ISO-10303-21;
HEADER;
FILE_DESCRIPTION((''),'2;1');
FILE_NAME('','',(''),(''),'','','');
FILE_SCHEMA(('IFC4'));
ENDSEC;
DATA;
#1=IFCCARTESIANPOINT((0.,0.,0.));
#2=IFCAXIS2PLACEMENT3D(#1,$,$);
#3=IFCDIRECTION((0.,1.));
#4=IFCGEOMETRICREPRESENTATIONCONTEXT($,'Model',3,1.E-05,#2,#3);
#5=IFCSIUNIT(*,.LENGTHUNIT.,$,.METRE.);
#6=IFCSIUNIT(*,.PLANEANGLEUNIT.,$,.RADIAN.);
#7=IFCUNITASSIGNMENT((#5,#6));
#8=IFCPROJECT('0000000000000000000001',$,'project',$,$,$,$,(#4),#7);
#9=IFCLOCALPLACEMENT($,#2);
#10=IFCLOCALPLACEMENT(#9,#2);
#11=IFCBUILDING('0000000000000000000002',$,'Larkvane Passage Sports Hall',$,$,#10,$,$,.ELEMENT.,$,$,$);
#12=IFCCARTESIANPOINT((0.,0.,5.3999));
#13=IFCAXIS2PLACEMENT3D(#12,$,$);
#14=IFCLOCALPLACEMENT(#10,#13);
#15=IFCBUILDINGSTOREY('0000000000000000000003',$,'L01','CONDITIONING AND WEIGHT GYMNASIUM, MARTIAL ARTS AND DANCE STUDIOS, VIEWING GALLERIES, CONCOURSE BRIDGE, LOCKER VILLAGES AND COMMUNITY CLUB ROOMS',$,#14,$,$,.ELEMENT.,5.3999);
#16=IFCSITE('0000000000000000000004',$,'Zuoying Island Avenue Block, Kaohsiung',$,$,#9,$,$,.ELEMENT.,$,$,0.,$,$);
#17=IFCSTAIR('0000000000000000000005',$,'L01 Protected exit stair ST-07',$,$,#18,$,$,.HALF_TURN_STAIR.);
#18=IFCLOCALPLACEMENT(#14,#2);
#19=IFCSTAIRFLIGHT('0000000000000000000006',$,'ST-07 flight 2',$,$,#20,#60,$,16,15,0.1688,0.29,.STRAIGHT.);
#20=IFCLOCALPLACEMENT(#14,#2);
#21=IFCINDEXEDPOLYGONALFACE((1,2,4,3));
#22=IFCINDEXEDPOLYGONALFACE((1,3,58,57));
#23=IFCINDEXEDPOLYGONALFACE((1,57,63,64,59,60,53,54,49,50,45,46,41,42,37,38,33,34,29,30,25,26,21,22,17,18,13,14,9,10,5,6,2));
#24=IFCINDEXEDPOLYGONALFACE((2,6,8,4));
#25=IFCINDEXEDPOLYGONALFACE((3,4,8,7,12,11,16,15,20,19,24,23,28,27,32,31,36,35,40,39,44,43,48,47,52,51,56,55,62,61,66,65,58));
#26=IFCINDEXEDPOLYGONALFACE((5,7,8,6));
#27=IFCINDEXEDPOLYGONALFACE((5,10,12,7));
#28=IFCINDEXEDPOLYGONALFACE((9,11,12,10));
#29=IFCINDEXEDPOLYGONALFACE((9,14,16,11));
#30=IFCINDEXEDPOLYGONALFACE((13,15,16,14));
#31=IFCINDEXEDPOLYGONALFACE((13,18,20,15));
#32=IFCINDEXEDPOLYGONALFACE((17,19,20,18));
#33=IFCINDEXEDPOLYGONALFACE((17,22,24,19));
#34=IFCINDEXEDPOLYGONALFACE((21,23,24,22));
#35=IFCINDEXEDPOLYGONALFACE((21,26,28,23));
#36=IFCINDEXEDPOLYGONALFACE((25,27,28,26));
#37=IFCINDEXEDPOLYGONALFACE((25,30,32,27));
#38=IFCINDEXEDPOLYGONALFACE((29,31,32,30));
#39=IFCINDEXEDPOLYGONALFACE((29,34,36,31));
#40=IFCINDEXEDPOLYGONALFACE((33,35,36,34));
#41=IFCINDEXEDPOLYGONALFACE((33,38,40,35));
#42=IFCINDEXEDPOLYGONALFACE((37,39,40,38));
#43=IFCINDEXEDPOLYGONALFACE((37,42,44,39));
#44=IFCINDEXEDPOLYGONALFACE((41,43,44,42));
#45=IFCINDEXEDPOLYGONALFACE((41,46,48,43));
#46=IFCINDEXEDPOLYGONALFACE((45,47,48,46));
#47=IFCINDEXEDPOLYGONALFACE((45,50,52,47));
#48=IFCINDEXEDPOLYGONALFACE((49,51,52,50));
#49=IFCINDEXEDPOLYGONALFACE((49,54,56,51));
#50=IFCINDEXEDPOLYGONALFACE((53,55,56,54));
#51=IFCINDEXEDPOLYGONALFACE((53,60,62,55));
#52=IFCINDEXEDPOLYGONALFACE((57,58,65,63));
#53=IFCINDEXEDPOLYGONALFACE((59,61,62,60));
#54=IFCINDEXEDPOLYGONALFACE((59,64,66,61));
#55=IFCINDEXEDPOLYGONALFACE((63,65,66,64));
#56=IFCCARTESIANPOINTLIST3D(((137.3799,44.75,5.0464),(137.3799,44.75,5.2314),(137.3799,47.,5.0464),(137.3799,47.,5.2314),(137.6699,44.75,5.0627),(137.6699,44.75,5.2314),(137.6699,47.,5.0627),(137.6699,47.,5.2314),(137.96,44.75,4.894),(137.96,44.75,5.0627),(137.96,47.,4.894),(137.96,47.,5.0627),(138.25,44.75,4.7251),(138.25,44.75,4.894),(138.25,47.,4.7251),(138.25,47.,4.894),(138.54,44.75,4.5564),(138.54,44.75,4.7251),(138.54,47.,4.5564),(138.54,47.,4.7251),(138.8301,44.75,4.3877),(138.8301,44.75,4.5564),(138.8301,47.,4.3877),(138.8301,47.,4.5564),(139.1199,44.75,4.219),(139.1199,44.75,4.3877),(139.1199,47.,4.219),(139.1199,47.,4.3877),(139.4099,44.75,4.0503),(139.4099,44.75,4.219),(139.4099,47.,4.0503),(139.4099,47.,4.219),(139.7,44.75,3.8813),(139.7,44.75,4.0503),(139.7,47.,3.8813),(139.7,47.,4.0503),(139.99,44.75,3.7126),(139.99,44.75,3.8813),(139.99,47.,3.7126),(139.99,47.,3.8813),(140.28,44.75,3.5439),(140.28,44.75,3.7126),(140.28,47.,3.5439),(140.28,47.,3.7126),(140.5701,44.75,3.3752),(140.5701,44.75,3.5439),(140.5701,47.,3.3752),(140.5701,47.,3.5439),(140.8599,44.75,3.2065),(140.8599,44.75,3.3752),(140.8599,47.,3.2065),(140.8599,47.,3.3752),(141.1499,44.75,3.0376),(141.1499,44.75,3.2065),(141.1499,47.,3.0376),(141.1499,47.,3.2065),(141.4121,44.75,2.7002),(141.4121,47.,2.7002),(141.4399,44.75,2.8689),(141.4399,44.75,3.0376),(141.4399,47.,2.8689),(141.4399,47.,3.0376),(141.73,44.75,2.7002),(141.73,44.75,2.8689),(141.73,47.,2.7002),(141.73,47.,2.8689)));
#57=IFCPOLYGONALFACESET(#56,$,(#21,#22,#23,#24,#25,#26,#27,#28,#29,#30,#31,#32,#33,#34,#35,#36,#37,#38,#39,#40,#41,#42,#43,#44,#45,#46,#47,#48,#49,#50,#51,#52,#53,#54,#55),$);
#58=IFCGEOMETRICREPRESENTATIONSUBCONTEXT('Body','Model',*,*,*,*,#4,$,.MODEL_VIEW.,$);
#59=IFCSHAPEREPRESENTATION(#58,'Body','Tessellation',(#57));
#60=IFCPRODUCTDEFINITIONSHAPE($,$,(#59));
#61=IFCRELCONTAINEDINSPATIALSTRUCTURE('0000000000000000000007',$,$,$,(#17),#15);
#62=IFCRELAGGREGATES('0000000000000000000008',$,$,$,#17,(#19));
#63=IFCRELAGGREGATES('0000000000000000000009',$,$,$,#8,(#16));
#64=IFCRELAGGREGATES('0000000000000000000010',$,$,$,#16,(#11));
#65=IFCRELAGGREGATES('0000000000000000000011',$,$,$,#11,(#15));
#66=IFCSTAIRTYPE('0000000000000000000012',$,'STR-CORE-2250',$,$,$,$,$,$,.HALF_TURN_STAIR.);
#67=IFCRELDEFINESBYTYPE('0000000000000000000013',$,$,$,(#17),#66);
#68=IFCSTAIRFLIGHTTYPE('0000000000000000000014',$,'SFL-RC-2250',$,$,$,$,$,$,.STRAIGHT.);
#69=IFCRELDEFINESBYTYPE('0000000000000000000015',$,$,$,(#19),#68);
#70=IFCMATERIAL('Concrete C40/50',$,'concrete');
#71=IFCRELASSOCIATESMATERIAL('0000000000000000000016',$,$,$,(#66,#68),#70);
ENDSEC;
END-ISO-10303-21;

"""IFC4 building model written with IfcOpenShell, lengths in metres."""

from ifc_helpers import new_model, si_unit, direction, frame, origin, place, context, subcontext, project, spatial, polyline, outline, extrude, material, type_object, element, aggregate, save


model = new_model("IFC4")

# Units and contexts
model_context = context("Model", 3, precision=1e-05, world=origin(), true_north=direction((0.0, 1.0)))
body_context = subcontext(model_context, "Body", "Model", "MODEL_VIEW")
ifc_project = project(units=[si_unit("LENGTHUNIT", "METRE"), si_unit("PLANEANGLEUNIT", "RADIAN")], contexts=[model_context])

# Site, building, storey
site_placement = place(None, origin())
site = spatial("IfcSite", under=ifc_project, at=site_placement, Name="Zuoying Island Avenue Block, Kaohsiung", CompositionType="ELEMENT", RefElevation=0.0)
building_placement = place(site_placement, origin())
building = spatial("IfcBuilding", under=site, at=building_placement, Name="Larkvane Passage Sports Hall", CompositionType="ELEMENT")
storey_placement = place(building_placement, frame((0.0, 0.0, 5.3999)))
storey = spatial("IfcBuildingStorey", under=building, at=storey_placement, Name="L01", Description="CONDITIONING AND WEIGHT GYMNASIUM, MARTIAL ARTS AND DANCE STUDIOS, VIEWING GALLERIES, CONCOURSE BRIDGE, LOCKER VILLAGES AND COMMUNITY CLUB ROOMS", CompositionType="ELEMENT", Elevation=5.3999)

# Shared definitions
ifc_material_1 = material(Name="Concrete C40/50", Category="concrete")

# Stair, stair flight
stair_type = type_object("IfcStairType", Name="STR-CORE-2250", PredefinedType="HALF_TURN_STAIR", material=ifc_material_1)
stair_placement = place(storey_placement, origin())
stair = element("IfcStair", 1, at=stair_placement, inside=storey, type_object=stair_type, Name="L01 Protected exit stair ST-07", PredefinedType="HALF_TURN_STAIR")
stair_flight_type = type_object("IfcStairFlightType", Name="SFL-RC-2250", PredefinedType="STRAIGHT", material=ifc_material_1)
stair_flight_placement = place(storey_placement, frame((141.73, 45.875, 2.7002), z_axis=(0.0, 0.0, 1.0), x_axis=(-1.0, 0.0, 0.0)))
stair_flight = element("IfcStairFlight", 2, at=stair_flight_placement, type_object=stair_flight_type, Name="ST-07 flight 2", NumberOfRisers=16, NumberOfTreads=15, PredefinedType="STRAIGHT", RiserHeight=0.1688, TreadLength=0.29, context=body_context, shape_type="SweptSolid", body=[
    extrude(outline(polyline([(0.0, 0.0), (0.0, 0.1687), (0.29, 0.1687), (0.29, 0.3374), (0.5801, 0.3374), (0.5801, 0.5063), (0.8701, 0.5063), (0.8701, 0.675), (1.1599, 0.675), (1.1599, 0.8438), (1.45, 0.8438), (1.45, 1.0125), (1.74, 1.0125), (1.74, 1.1812), (2.03, 1.1812), (2.03, 1.3501), (2.3201, 1.3501), (2.3201, 1.5188), (2.6101, 1.5188), (2.6101, 1.6875), (2.8999, 1.6875), (2.8999, 1.8562), (3.1899, 1.8562), (3.1899, 2.0249), (3.48, 2.0249), (3.48, 2.1938), (3.77, 2.1938), (3.77, 2.3625), (4.0601, 2.3625), (4.0601, 2.5312), (4.3501, 2.5312), (4.3501, 2.7), (4.3501, 2.3462), (0.3179, 0.0), (0.0, 0.0)])), frame((0.0, 1.125, 0.0), z_axis=(0.0, -1.0, 0.0), x_axis=(1.0, 0.0, 0.0)), (0.0, 0.0, 1.0), 2.25),
])
aggregate(stair, [stair_flight])

save(model, "model.ifc")
